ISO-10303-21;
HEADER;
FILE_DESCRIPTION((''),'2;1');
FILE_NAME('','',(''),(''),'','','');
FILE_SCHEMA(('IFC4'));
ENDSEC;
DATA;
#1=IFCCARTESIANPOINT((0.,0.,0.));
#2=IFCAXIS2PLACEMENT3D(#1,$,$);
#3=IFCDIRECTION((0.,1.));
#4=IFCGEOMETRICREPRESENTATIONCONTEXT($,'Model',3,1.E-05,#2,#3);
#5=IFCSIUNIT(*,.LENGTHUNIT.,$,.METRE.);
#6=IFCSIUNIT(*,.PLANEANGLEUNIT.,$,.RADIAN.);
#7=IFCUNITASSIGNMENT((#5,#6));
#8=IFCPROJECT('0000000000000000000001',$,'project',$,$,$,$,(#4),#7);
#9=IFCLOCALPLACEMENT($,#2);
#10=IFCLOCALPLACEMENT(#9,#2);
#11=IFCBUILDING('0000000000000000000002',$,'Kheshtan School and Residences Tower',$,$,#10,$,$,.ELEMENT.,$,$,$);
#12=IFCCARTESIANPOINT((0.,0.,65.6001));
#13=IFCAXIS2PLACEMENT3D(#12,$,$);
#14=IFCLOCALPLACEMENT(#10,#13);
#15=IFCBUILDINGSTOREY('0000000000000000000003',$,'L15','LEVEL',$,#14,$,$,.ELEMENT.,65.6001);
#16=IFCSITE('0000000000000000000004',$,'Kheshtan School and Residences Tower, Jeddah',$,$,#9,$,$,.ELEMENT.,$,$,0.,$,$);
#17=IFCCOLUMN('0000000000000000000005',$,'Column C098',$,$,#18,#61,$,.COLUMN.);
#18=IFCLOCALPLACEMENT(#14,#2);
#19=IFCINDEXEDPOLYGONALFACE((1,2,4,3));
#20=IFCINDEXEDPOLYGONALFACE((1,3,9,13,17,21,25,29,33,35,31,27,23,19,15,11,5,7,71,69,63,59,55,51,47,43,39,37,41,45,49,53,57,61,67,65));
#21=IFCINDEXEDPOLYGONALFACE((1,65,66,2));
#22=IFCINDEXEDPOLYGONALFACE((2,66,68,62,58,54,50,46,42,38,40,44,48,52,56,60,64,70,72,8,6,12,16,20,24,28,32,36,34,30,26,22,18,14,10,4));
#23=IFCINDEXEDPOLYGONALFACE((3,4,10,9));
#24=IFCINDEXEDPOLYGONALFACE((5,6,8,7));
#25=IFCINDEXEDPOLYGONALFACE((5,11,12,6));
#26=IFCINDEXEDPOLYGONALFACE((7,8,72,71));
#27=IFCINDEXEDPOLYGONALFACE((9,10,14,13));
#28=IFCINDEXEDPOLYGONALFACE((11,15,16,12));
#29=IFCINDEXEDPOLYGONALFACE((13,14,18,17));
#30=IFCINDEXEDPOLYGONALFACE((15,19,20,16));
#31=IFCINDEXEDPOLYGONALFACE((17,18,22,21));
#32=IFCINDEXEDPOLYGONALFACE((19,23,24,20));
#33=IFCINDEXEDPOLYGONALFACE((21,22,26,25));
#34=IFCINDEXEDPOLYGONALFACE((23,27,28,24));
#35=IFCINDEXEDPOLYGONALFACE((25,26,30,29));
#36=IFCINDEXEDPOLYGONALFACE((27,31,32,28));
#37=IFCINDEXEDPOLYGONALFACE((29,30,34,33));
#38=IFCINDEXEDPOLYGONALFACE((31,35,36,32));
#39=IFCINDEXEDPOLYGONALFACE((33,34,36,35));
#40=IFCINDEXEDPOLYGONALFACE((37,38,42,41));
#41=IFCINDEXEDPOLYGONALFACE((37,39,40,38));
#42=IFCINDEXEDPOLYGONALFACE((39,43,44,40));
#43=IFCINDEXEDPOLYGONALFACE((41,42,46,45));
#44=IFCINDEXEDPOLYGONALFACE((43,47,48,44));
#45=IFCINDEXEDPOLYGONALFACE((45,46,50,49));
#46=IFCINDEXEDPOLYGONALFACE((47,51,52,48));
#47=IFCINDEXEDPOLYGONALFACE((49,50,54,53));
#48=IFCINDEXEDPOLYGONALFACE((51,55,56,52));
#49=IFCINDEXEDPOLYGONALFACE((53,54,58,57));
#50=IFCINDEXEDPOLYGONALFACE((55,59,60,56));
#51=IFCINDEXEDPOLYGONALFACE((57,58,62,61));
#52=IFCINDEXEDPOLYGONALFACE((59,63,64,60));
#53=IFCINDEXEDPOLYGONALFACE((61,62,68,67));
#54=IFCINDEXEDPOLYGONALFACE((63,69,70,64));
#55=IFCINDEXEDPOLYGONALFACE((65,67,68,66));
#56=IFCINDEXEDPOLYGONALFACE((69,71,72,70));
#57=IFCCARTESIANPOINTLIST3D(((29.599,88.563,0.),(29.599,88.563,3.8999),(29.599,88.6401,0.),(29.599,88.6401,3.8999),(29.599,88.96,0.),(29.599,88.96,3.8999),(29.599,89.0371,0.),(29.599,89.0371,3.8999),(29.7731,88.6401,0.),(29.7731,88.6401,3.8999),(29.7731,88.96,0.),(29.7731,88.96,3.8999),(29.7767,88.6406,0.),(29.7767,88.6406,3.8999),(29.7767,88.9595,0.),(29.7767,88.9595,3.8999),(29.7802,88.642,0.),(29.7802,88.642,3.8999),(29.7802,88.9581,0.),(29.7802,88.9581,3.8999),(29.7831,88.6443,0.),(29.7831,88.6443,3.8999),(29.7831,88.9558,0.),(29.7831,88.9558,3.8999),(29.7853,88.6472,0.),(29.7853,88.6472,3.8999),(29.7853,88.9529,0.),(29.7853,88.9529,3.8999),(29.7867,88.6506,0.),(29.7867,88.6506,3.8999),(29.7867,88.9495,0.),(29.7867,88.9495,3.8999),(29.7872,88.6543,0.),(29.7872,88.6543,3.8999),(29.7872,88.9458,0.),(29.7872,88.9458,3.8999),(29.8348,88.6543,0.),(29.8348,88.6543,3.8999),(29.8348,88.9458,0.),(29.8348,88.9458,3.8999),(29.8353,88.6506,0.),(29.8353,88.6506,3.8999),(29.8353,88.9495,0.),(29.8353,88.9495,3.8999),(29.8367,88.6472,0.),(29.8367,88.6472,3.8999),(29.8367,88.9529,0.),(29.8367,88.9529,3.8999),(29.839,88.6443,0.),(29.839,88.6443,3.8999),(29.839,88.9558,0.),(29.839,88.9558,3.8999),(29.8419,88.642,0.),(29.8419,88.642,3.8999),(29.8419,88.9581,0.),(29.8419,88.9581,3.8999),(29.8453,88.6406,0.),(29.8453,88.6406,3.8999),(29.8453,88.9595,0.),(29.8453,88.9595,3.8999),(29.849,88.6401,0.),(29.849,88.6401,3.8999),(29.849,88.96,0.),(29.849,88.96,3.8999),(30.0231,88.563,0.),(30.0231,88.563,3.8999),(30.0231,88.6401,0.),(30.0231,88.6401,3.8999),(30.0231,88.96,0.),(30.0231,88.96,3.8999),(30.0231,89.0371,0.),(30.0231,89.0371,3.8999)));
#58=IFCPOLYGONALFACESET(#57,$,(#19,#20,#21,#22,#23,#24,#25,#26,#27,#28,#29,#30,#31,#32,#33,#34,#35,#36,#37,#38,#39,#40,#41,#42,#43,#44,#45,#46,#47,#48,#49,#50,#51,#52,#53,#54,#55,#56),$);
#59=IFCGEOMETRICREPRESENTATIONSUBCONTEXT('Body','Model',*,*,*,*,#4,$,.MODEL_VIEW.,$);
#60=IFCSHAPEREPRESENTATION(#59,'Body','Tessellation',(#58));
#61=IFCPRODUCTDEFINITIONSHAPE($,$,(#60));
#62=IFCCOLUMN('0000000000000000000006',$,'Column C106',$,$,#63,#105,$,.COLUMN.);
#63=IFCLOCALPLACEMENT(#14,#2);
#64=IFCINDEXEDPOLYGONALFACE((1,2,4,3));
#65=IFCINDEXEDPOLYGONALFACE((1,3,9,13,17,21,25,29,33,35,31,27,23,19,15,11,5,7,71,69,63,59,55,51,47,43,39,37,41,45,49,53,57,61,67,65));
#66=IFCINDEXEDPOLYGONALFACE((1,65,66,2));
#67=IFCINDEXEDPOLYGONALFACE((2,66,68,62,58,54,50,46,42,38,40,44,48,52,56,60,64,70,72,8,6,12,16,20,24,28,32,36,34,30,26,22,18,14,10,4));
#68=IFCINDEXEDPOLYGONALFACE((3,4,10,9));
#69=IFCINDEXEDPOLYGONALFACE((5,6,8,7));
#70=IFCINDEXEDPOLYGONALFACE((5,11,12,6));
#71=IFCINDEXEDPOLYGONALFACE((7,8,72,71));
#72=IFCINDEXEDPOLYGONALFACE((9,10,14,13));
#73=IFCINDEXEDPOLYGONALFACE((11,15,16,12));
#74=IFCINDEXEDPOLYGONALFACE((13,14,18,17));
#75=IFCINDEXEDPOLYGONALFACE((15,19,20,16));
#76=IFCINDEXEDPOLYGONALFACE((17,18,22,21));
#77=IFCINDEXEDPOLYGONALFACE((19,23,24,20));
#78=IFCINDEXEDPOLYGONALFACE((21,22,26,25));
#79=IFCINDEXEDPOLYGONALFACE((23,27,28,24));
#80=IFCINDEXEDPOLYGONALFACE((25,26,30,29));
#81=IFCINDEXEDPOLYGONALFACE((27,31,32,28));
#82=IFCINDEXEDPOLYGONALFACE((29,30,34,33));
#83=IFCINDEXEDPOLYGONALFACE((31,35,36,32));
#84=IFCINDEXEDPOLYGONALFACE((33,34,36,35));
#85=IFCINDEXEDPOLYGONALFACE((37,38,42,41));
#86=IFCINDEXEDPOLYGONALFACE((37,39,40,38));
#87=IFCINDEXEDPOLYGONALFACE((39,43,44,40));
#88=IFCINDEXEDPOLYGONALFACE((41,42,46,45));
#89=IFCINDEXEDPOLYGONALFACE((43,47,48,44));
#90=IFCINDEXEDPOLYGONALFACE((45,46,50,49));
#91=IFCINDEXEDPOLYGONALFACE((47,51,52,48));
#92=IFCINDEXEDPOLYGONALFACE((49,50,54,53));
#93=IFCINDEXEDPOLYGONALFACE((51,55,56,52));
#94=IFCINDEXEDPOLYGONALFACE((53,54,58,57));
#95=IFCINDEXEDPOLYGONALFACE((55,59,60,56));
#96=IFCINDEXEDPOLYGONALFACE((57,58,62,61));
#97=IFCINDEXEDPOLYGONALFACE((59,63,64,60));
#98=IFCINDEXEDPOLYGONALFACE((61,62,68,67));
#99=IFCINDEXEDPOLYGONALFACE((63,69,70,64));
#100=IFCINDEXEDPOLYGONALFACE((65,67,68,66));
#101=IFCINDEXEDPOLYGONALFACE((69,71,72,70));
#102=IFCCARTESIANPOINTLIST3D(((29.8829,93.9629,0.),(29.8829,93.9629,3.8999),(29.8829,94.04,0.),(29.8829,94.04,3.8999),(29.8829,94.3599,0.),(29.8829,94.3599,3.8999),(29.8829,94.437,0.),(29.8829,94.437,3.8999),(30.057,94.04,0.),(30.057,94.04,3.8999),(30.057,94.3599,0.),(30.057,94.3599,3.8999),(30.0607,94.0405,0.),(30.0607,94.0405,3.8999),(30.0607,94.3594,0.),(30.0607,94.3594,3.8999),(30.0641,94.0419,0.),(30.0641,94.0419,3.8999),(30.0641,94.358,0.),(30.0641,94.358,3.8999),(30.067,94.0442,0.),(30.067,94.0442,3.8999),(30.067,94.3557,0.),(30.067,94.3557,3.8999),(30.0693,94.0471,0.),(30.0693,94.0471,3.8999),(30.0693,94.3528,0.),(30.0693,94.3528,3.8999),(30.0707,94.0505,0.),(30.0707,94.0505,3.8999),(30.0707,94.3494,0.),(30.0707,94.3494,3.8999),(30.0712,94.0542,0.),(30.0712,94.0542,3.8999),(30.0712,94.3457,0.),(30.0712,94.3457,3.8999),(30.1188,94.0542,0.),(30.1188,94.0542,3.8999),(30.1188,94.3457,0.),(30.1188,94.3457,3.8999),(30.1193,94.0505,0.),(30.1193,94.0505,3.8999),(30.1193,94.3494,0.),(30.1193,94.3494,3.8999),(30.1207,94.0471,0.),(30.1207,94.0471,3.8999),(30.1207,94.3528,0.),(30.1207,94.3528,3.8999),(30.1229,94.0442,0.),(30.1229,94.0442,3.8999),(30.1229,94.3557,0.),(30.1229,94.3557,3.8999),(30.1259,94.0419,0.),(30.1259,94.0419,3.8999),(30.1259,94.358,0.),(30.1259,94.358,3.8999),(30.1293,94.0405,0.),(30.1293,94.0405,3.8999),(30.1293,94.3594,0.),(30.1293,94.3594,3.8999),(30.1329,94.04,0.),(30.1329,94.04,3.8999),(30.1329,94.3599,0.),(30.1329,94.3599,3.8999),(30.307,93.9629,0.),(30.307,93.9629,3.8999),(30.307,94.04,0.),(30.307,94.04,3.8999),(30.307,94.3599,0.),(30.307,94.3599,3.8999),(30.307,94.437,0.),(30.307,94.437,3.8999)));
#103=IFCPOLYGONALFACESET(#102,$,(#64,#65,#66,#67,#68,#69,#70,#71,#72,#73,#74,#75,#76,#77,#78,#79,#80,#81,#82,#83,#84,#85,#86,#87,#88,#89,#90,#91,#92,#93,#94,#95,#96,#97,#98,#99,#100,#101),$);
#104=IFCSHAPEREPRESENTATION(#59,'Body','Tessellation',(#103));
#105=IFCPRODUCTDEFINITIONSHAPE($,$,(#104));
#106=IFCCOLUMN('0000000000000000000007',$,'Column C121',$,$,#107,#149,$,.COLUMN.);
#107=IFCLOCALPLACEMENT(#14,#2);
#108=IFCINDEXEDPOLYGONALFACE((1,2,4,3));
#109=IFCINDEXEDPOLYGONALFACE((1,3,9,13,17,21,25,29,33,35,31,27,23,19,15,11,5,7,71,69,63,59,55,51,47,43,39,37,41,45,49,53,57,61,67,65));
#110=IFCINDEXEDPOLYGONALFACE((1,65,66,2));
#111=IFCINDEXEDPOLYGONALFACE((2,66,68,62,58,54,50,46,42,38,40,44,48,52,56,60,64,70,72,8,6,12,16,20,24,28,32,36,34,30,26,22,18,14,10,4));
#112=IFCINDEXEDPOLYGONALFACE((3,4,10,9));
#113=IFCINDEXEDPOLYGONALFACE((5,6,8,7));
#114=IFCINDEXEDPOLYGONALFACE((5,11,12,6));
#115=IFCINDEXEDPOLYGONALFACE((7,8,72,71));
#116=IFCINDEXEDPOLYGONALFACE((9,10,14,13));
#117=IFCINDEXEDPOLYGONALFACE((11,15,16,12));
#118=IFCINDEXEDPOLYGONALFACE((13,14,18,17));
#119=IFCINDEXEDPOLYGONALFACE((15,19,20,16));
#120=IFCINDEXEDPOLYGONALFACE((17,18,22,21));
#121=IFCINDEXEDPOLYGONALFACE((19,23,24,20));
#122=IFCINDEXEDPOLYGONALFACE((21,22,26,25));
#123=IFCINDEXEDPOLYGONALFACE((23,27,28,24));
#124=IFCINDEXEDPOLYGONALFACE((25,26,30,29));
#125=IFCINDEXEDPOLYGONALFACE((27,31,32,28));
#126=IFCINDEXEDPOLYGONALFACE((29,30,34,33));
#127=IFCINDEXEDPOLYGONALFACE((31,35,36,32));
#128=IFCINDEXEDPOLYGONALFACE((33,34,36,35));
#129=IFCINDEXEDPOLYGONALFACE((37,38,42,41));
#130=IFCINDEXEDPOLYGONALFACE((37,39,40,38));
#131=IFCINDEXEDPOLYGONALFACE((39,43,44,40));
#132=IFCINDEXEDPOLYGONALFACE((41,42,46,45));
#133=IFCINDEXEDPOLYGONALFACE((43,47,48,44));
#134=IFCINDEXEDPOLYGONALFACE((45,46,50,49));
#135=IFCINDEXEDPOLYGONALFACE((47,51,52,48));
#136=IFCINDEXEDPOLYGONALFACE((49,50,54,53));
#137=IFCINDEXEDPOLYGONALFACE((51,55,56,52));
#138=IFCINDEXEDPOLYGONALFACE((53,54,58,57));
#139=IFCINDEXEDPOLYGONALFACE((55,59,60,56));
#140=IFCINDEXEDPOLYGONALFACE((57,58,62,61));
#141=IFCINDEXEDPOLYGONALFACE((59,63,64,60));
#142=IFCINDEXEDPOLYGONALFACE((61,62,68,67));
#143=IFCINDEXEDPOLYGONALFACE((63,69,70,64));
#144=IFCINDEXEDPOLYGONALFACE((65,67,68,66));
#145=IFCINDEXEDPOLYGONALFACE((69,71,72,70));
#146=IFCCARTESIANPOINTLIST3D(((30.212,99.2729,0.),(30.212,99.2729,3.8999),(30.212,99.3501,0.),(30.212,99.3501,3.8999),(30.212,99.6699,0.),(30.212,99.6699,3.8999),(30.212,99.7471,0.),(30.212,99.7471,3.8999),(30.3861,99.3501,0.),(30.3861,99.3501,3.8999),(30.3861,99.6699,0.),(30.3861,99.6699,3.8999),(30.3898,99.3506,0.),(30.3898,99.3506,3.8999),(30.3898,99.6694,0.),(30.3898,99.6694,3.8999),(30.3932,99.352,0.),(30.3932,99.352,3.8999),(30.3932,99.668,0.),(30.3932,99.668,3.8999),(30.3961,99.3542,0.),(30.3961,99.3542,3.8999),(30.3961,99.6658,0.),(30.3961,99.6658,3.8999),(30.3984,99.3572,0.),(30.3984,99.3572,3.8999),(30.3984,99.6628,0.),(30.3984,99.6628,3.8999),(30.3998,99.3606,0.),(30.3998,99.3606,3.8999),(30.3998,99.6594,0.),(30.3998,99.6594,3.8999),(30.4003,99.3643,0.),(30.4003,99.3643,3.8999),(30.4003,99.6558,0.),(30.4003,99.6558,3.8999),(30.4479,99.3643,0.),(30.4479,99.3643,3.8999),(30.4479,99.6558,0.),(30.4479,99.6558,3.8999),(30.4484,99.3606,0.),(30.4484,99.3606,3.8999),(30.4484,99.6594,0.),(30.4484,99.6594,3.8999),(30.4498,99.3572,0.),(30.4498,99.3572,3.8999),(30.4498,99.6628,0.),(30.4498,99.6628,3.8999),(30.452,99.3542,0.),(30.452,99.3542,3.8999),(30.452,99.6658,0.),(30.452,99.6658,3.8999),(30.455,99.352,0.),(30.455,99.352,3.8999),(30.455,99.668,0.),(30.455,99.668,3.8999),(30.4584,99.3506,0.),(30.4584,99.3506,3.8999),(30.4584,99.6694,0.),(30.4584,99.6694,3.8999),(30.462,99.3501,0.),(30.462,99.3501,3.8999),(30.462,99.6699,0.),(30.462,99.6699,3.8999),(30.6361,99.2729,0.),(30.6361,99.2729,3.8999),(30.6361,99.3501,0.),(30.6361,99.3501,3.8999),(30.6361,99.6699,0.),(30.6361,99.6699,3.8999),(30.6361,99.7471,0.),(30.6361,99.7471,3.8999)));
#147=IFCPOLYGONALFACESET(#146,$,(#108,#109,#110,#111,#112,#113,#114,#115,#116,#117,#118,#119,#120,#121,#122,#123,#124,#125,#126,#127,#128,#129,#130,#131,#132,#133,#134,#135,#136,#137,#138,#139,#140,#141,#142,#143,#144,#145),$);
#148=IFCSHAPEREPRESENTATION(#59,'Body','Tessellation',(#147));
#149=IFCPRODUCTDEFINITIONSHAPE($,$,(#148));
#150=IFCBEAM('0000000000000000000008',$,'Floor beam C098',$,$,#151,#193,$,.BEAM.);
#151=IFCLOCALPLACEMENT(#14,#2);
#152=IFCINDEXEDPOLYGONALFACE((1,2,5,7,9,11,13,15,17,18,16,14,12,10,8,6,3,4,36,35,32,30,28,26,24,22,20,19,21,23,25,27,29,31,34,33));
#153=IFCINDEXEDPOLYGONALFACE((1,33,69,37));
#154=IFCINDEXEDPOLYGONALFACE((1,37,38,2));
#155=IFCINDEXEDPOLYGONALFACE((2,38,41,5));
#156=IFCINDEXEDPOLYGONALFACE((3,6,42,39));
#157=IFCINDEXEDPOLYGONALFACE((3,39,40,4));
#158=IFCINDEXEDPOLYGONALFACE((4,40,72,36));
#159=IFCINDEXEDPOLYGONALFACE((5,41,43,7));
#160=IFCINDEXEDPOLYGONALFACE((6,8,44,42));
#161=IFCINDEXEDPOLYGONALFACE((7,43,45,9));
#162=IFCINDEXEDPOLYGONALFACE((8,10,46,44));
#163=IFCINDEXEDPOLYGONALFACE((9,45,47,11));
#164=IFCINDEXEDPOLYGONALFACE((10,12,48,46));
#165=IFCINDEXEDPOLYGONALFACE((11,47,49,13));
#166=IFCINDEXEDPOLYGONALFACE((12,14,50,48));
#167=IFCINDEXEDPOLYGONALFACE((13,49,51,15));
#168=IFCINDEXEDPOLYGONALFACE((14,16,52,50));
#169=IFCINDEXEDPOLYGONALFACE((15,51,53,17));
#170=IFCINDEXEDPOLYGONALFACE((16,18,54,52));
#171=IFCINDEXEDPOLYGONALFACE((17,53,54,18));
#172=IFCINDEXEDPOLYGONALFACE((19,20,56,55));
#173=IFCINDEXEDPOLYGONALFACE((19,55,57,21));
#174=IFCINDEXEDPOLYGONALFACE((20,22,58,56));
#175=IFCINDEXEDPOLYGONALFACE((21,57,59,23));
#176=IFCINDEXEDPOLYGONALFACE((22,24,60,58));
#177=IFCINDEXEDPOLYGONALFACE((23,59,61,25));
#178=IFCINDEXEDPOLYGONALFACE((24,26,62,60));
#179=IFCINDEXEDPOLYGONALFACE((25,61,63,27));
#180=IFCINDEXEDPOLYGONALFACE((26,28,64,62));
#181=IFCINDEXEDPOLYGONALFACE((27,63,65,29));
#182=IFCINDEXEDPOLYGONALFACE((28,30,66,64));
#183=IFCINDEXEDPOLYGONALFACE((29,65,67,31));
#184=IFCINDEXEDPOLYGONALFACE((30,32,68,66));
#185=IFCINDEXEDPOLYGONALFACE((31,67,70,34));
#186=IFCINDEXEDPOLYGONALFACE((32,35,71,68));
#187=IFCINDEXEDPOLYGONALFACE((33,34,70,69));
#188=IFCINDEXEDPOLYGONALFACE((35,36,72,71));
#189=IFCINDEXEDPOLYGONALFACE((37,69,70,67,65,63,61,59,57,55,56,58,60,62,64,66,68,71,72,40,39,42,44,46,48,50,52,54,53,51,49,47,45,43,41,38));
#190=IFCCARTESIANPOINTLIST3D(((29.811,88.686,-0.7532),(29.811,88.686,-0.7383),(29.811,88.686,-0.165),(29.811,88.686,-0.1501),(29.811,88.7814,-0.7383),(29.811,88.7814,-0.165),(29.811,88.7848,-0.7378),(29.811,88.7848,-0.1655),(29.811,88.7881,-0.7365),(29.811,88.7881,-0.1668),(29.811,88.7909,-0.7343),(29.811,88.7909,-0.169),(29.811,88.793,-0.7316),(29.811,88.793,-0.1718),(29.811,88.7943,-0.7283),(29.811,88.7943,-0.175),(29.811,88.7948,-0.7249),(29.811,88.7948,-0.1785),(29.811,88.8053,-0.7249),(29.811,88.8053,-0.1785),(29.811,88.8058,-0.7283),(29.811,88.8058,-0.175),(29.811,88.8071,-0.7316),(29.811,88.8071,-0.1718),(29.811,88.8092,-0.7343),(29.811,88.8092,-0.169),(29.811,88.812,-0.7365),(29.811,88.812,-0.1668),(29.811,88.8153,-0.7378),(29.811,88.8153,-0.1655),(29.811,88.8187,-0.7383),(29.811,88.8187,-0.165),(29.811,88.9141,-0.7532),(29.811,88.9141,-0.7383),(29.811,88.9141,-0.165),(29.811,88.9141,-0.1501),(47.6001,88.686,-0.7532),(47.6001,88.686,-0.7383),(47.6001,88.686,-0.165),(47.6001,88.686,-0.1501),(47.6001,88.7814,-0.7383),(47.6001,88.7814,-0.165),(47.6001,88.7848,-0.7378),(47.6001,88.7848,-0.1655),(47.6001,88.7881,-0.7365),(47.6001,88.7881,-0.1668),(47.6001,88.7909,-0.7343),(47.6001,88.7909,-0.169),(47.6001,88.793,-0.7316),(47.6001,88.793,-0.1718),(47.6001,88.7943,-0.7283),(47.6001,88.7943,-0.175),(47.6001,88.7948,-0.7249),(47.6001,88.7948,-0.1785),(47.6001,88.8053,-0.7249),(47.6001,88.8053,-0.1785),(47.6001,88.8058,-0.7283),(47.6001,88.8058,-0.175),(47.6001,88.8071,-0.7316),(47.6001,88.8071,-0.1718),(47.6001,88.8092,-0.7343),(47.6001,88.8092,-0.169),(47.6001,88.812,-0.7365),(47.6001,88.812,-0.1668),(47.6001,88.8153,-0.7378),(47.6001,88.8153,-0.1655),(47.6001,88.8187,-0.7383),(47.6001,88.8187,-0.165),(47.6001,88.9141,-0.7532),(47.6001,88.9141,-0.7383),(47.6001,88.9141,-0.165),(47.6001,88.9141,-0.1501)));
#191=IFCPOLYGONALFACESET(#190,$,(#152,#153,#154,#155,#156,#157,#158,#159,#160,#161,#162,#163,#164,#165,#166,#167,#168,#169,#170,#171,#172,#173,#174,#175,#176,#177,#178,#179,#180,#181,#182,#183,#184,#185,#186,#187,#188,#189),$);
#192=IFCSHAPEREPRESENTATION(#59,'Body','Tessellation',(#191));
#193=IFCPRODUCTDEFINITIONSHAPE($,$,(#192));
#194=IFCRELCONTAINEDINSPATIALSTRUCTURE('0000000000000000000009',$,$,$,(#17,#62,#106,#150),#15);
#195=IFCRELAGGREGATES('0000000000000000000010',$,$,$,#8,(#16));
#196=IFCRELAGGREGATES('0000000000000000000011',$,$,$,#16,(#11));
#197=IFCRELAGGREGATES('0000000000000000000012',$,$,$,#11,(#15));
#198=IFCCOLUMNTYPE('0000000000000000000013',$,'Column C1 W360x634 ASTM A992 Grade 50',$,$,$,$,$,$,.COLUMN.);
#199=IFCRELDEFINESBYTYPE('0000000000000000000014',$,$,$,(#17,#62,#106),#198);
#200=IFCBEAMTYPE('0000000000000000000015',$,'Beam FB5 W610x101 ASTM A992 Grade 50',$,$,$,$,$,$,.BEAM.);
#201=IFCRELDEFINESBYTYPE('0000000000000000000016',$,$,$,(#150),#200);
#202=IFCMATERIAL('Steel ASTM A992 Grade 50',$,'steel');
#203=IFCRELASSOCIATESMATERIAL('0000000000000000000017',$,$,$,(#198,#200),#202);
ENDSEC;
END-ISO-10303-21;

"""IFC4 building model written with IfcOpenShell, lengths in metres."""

from ifc_helpers import new_model, si_unit, direction, frame, origin, origin_2d, place, context, subcontext, project, spatial, i_section, extrude, material, material_profile, profile_set, type_object, element, save


model = new_model("IFC4")

# Units and contexts
model_context = context("Model", 3, precision=1e-05, world=origin(), true_north=direction((0.0, 1.0)))
body_context = subcontext(model_context, "Body", "Model", "MODEL_VIEW")
ifc_project = project(units=[si_unit("LENGTHUNIT", "METRE"), si_unit("PLANEANGLEUNIT", "RADIAN")], contexts=[model_context])

# Site, building, storey
site_placement = place(None, origin())
site = spatial("IfcSite", under=ifc_project, at=site_placement, Name="Kheshtan School and Residences Tower, Jeddah", CompositionType="ELEMENT", RefElevation=0.0)
building_placement = place(site_placement, origin())
building = spatial("IfcBuilding", under=site, at=building_placement, Name="Kheshtan School and Residences Tower", CompositionType="ELEMENT")
storey_placement = place(building_placement, frame((0.0, 0.0, 65.6001)))
storey = spatial("IfcBuildingStorey", under=building, at=storey_placement, Name="L15", Description="LEVEL", CompositionType="ELEMENT", Elevation=65.6001)

# Columns
ifc_material_1 = material(Name="Steel ASTM A992 Grade 50", Category="steel")
ifc_material_profile_1 = material_profile(ifc_material_1, i_section(OverallWidth=0.4241, OverallDepth=0.4741, WebThickness=0.0476, FlangeThickness=0.0771, FilletRadius=0.0142, at=origin_2d()), Name="W360x634")
ifc_profile_set_1 = profile_set([ifc_material_profile_1], Name="Steel ASTM A992 Grade 50")
column_type = type_object("IfcColumnType", Name="Column C1 W360x634 ASTM A992 Grade 50", PredefinedType="COLUMN", material=ifc_profile_set_1)
for number, where, z_axis, x_axis, name in (
    (1, (29.811, 88.8, 0.0), (0.0, 0.0, 1.0), (1.0, 0.0, 0.0), "Column C098"),
    (2, (30.095, 94.2, 0.0), (0.0, 0.0, 1.0), (1.0, 0.0, 0.0), "Column C106"),
    (3, (30.4241, 99.51, 0.0), (0.0, 0.0, 1.0), (1.0, 0.0, 0.0), "Column C121"),
):
    element("IfcColumn", number, at=place(storey_placement, frame(where, z_axis=z_axis, x_axis=x_axis)), inside=storey, type_object=column_type, Name=name, PredefinedType="COLUMN", context=body_context, shape_type="SweptSolid", body=[
        extrude(i_section(OverallWidth=0.4241, OverallDepth=0.4741, WebThickness=0.0476, FlangeThickness=0.0771, FilletRadius=0.0142, at=origin_2d()), origin(), (0.0, 0.0, 1.0), 3.8999),
    ])

# Beam
ifc_material_profile_2 = material_profile(ifc_material_1, i_section(OverallWidth=0.228, OverallDepth=0.603, WebThickness=0.0105, FlangeThickness=0.0149, FilletRadius=0.0134, at=origin_2d()), Name="W610x101")
ifc_profile_set_2 = profile_set([ifc_material_profile_2], Name="Steel ASTM A992 Grade 50")
beam_type_1 = type_object("IfcBeamType", Name="Beam FB5 W610x101 ASTM A992 Grade 50", PredefinedType="BEAM", material=ifc_profile_set_2)
beam_1_placement = place(storey_placement, frame((29.811, 88.8, -0.4517), z_axis=(1.0, 0.0, 0.0), x_axis=(0.0, 1.0, 0.0)))
element("IfcBeam", 4, at=beam_1_placement, inside=storey, type_object=beam_type_1, Name="Floor beam C098", PredefinedType="BEAM", context=body_context, shape_type="SweptSolid", body=[
    extrude(i_section(OverallWidth=0.228, OverallDepth=0.603, WebThickness=0.0105, FlangeThickness=0.0149, FilletRadius=0.0134, at=origin_2d()), origin(), (0.0, 0.0, 1.0), 17.7891),
])

save(model, "model.ifc")
